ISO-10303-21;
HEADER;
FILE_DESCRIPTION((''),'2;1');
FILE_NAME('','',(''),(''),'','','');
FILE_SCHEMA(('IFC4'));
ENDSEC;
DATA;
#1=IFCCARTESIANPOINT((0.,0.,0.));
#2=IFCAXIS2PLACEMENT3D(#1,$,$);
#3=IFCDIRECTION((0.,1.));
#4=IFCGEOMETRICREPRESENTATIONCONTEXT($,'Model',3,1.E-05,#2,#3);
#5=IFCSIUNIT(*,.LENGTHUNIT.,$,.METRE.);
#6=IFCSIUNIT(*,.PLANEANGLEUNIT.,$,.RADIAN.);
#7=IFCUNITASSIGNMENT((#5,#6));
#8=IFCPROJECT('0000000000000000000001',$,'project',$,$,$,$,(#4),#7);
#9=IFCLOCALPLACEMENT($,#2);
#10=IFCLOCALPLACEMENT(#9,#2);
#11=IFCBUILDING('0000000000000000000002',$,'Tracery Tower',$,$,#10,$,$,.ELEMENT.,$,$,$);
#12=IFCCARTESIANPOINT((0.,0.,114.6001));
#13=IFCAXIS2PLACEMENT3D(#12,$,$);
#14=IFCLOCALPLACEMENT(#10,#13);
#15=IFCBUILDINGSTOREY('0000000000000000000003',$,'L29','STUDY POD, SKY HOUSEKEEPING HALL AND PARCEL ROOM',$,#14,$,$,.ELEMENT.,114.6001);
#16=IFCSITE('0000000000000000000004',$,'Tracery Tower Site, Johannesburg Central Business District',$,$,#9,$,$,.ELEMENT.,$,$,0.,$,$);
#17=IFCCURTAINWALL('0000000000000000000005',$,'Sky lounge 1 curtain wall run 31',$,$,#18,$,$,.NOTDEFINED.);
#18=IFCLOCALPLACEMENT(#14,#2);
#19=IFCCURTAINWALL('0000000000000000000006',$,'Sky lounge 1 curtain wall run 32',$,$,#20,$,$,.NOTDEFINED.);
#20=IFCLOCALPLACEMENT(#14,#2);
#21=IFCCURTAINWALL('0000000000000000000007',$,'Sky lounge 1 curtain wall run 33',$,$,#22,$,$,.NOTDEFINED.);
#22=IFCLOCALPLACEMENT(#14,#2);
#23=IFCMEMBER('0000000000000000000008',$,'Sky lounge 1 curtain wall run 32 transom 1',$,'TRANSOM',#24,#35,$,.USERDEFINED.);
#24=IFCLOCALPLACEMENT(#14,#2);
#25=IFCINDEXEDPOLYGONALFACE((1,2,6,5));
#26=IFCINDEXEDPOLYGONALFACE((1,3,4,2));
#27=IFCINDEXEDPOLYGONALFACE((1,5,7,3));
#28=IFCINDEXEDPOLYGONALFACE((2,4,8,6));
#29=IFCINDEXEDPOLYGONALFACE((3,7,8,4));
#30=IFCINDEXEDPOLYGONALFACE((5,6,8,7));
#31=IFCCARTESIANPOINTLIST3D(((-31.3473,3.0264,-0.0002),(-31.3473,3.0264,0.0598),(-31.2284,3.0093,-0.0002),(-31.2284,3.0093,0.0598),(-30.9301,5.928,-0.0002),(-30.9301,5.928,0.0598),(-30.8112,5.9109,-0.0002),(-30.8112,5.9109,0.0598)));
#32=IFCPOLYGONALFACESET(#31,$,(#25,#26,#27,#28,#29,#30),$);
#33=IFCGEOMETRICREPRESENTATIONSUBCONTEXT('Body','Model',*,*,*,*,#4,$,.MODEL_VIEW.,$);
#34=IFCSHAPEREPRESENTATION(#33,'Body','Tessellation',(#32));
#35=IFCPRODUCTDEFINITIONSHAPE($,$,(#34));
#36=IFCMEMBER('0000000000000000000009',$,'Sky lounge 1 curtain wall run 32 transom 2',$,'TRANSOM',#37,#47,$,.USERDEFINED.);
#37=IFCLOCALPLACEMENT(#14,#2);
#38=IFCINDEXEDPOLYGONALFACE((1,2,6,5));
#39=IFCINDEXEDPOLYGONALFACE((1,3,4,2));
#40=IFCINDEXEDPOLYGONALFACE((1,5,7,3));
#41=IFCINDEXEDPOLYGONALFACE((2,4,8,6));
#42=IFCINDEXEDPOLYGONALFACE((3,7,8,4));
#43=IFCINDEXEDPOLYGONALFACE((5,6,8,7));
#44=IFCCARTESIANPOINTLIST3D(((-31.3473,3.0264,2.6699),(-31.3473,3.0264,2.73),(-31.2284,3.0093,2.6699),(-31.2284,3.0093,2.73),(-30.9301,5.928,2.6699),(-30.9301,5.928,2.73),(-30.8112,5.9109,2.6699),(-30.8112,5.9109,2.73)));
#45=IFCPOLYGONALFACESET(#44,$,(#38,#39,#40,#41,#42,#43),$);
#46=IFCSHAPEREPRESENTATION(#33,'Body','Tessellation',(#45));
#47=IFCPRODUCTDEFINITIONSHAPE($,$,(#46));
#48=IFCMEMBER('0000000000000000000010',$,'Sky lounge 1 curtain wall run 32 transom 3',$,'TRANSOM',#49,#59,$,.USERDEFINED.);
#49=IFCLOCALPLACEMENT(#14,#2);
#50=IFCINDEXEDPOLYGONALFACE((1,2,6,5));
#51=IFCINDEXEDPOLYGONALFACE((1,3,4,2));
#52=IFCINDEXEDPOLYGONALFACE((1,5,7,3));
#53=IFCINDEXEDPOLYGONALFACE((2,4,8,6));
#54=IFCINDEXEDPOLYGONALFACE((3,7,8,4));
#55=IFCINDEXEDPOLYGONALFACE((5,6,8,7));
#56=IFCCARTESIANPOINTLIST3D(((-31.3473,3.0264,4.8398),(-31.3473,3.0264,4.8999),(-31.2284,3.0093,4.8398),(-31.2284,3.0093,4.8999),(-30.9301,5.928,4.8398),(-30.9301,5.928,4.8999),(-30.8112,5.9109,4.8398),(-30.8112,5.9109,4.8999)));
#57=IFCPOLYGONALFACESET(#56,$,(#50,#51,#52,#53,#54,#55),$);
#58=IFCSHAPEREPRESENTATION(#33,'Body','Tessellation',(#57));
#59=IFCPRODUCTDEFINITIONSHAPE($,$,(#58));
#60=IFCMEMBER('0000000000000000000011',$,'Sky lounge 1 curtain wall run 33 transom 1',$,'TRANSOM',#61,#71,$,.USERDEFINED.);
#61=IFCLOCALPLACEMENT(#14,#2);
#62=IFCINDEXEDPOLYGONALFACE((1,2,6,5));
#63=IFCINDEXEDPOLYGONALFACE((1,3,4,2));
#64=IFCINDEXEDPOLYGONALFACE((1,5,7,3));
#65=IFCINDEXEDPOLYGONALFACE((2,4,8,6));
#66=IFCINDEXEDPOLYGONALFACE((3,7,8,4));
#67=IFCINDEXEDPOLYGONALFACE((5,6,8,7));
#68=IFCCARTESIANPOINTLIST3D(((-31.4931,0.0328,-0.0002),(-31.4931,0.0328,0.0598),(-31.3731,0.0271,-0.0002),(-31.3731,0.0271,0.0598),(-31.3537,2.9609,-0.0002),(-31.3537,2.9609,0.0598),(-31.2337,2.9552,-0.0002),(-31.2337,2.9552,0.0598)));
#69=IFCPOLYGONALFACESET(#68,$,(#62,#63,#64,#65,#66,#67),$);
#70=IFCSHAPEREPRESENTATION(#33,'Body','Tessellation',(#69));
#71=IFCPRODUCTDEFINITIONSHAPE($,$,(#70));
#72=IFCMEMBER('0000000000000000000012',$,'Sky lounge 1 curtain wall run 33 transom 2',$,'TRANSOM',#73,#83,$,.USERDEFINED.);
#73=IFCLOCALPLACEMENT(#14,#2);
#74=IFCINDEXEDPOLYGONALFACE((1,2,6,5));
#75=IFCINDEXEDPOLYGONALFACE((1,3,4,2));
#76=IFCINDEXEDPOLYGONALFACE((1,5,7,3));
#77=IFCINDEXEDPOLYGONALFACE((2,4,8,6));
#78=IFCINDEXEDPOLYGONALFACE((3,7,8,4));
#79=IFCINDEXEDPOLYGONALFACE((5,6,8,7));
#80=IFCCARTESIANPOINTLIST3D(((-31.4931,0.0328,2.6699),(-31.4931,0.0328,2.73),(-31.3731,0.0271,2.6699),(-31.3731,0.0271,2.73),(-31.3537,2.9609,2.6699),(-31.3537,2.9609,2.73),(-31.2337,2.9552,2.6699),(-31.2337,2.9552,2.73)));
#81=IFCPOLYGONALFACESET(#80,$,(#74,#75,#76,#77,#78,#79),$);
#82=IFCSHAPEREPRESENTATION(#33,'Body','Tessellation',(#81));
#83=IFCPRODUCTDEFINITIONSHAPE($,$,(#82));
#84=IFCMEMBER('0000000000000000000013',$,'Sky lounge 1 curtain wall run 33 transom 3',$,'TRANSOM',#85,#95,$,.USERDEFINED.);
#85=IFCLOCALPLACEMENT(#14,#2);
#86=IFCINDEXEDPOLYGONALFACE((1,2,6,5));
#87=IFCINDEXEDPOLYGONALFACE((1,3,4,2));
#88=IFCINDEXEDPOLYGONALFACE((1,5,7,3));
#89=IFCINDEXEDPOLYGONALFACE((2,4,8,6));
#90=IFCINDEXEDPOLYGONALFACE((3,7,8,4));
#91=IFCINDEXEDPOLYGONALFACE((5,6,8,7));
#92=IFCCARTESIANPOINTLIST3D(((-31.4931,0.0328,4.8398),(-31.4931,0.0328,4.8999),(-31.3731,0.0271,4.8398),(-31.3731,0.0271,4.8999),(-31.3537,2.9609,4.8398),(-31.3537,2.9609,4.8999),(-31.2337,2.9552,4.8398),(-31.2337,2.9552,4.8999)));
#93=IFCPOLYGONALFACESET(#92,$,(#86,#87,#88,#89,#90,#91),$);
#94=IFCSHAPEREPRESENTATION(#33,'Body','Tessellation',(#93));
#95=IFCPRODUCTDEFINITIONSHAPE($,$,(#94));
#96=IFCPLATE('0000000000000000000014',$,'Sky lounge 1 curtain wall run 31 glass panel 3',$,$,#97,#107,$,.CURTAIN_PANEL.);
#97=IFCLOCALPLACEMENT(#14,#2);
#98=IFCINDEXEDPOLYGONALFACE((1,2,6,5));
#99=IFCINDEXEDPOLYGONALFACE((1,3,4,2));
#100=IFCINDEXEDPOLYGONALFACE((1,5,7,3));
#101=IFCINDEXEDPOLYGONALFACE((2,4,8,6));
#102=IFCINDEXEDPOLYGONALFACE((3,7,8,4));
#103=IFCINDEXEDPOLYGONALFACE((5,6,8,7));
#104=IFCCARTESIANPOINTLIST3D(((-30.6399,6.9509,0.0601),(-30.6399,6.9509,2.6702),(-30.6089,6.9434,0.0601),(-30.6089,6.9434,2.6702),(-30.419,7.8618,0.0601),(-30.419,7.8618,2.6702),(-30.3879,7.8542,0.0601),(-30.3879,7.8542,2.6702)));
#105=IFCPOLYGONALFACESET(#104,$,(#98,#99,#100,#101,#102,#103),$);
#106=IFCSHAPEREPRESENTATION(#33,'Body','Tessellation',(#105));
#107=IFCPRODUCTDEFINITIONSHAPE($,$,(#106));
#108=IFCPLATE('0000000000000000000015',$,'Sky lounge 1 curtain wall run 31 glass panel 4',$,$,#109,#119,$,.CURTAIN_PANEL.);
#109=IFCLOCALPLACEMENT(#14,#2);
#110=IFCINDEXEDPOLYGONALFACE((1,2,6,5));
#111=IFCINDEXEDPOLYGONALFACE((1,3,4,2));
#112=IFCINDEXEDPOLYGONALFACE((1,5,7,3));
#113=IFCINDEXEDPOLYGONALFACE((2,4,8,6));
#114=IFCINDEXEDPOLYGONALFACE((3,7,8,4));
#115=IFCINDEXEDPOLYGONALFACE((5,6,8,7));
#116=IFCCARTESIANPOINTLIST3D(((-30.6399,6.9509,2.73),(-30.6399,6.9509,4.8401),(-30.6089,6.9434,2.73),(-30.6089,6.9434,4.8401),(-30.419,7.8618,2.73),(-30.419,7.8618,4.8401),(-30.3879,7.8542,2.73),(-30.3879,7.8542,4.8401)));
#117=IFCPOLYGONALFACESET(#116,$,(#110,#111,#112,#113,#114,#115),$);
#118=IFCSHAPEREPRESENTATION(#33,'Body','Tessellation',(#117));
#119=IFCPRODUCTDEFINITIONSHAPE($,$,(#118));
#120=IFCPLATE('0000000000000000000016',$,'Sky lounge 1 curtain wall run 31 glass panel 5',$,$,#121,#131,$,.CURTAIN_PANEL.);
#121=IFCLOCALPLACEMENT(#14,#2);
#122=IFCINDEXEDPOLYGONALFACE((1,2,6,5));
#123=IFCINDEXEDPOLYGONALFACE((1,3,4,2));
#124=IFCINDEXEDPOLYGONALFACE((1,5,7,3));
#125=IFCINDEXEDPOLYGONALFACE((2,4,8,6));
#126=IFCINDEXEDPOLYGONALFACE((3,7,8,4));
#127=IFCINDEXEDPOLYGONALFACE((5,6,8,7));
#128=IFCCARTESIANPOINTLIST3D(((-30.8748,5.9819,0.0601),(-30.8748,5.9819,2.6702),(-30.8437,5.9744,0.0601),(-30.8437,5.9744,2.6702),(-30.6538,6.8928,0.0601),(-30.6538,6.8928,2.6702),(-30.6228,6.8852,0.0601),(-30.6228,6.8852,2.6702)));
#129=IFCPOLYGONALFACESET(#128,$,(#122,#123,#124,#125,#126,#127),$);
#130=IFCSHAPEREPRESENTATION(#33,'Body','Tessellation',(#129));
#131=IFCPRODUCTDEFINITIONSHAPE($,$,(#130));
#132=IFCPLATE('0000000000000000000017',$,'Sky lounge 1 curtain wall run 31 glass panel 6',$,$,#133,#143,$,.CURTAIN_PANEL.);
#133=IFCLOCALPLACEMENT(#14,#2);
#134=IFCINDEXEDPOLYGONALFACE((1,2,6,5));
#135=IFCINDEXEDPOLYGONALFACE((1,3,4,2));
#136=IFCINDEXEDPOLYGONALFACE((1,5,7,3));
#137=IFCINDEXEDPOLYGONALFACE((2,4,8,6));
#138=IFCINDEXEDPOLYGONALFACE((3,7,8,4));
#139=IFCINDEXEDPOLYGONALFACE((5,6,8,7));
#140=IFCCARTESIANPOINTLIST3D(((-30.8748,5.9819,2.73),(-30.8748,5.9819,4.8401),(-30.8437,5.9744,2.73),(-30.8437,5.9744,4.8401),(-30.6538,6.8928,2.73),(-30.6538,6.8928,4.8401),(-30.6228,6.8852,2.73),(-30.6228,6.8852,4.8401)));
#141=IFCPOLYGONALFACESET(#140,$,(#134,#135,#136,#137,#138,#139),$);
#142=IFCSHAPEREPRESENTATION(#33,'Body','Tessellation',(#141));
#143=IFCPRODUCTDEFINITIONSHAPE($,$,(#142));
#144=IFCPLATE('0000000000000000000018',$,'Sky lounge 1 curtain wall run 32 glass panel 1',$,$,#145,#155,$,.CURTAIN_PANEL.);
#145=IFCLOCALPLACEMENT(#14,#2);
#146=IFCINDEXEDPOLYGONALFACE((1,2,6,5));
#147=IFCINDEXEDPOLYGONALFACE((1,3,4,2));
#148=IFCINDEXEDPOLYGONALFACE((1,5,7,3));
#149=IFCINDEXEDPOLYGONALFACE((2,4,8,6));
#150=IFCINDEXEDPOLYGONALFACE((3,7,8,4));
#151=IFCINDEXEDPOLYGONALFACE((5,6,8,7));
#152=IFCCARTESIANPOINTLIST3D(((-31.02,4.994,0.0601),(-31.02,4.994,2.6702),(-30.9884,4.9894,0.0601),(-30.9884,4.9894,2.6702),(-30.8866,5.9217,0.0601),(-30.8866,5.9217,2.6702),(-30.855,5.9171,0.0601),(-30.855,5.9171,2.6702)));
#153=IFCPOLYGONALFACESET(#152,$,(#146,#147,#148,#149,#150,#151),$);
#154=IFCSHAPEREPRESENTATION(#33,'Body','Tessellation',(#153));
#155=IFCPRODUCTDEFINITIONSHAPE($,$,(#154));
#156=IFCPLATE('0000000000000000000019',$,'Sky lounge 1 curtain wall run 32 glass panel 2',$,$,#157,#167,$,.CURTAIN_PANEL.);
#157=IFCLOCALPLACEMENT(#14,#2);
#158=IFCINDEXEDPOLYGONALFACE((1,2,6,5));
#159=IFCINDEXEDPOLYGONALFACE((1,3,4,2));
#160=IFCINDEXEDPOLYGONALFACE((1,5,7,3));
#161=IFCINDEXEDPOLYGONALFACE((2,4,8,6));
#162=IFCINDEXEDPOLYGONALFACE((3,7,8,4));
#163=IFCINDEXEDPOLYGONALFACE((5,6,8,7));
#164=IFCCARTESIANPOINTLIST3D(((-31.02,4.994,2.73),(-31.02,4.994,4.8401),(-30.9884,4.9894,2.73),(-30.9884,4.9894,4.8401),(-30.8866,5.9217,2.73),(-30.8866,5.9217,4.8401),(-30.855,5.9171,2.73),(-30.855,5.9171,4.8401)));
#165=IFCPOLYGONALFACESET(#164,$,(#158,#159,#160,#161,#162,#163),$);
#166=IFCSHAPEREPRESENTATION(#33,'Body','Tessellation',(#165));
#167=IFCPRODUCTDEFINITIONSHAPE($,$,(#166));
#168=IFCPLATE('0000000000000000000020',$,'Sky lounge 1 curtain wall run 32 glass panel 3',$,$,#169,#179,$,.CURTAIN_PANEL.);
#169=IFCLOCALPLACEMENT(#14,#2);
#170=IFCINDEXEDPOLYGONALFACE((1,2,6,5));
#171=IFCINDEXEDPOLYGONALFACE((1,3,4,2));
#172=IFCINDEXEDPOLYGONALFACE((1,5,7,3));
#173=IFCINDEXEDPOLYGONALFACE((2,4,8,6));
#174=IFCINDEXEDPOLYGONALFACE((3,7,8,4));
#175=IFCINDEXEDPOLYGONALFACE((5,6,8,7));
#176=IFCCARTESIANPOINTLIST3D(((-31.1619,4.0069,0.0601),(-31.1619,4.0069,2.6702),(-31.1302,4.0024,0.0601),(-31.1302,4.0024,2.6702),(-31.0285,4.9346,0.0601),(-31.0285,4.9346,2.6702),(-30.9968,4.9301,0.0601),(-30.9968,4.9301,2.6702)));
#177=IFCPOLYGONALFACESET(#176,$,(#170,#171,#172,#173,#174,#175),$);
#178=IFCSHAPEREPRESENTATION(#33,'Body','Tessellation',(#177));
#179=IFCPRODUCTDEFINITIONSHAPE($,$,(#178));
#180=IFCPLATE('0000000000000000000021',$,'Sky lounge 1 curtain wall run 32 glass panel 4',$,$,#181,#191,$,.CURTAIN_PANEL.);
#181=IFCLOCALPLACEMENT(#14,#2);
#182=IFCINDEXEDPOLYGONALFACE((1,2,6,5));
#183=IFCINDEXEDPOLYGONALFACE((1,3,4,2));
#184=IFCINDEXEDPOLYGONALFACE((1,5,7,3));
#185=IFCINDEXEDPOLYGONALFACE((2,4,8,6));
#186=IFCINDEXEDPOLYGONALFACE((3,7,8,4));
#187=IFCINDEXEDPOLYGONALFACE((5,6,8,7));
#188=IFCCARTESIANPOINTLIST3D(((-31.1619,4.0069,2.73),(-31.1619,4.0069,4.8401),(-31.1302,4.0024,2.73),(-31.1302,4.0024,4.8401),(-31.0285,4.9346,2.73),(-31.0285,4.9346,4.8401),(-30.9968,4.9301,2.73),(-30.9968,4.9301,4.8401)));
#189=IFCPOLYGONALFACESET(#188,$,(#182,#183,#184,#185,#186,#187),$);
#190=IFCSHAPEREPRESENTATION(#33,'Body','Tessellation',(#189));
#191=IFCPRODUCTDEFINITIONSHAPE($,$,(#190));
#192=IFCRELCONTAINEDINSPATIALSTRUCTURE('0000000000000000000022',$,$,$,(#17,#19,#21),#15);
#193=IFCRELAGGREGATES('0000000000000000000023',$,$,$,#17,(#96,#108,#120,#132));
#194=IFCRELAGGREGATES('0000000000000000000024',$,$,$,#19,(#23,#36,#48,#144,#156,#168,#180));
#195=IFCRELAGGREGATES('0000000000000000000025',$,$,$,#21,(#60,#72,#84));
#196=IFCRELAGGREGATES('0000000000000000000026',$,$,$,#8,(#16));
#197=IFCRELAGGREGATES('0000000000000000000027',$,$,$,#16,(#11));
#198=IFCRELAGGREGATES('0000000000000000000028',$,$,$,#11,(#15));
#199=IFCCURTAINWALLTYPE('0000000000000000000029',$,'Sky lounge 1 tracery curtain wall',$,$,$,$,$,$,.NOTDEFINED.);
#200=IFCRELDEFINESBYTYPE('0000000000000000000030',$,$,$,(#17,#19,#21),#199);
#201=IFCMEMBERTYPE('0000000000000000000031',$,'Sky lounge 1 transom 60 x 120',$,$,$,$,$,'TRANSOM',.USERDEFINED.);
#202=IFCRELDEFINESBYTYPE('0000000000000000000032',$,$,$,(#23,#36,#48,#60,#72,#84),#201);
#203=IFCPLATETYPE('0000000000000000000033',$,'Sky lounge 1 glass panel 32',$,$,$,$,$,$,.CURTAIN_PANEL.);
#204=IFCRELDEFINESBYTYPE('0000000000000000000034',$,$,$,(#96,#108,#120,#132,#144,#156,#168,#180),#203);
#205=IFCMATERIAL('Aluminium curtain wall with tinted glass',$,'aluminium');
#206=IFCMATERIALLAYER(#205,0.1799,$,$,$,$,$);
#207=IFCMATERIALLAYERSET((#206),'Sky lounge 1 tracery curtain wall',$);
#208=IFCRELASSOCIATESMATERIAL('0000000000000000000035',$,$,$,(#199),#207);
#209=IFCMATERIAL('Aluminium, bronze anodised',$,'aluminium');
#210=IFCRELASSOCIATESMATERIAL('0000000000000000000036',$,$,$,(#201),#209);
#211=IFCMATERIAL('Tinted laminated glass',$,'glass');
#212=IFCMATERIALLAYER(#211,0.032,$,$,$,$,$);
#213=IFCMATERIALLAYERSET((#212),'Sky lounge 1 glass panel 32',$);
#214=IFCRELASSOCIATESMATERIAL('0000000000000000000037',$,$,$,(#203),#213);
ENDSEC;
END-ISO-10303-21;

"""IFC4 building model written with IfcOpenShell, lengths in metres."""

from ifc_helpers import new_model, si_unit, direction, frame, origin, origin_2d, place, context, subcontext, project, spatial, rectangle, extrude, material, layer, layer_set, material_profile, profile_set, type_object, element, aggregate, save


model = new_model("IFC4")

# Units and contexts
model_context = context("Model", 3, precision=1e-05, world=origin(), true_north=direction((0.0, 1.0)))
body_context = subcontext(model_context, "Body", "Model", "MODEL_VIEW")
ifc_project = project(units=[si_unit("LENGTHUNIT", "METRE"), si_unit("PLANEANGLEUNIT", "RADIAN")], contexts=[model_context])

# Site, building, storey
site_placement = place(None, origin())
site = spatial("IfcSite", under=ifc_project, at=site_placement, Name="Tracery Tower Site, Johannesburg Central Business District", CompositionType="ELEMENT", RefElevation=0.0)
building_placement = place(site_placement, origin())
building = spatial("IfcBuilding", under=site, at=building_placement, Name="Tracery Tower", CompositionType="ELEMENT")
storey_placement = place(building_placement, frame((0.0, 0.0, 114.6001)))
storey = spatial("IfcBuildingStorey", under=building, at=storey_placement, Name="L29", Description="STUDY POD, SKY HOUSEKEEPING HALL AND PARCEL ROOM", CompositionType="ELEMENT", Elevation=114.6001)

# Curtain walls
ifc_material_1 = material(Name="Aluminium curtain wall with tinted glass", Category="aluminium")
ifc_layer_1 = layer(ifc_material_1, 0.1799)
ifc_layer_set_1 = layer_set([ifc_layer_1], Name="Sky lounge 1 tracery curtain wall")
curtain_wall_type = type_object("IfcCurtainWallType", Name="Sky lounge 1 tracery curtain wall", PredefinedType="NOTDEFINED", material=ifc_layer_set_1)
curtain_wall_1_placement = place(storey_placement, origin())
curtain_wall_1 = element("IfcCurtainWall", 1, at=curtain_wall_1_placement, inside=storey, type_object=curtain_wall_type, Name="Sky lounge 1 curtain wall run 31", PredefinedType="NOTDEFINED")
curtain_wall_2_placement = place(storey_placement, origin())
curtain_wall_2 = element("IfcCurtainWall", 2, at=curtain_wall_2_placement, inside=storey, type_object=curtain_wall_type, Name="Sky lounge 1 curtain wall run 32", PredefinedType="NOTDEFINED")
curtain_wall_3_placement = place(storey_placement, origin())
curtain_wall_3 = element("IfcCurtainWall", 3, at=curtain_wall_3_placement, inside=storey, type_object=curtain_wall_type, Name="Sky lounge 1 curtain wall run 33", PredefinedType="NOTDEFINED")

# Members
ifc_material_2 = material(Name="Aluminium, bronze anodised", Category="aluminium")
ifc_material_profile_1 = material_profile(ifc_material_2, rectangle(XDim=0.1201, YDim=0.0601, at=origin_2d()), Name="AL 60x120")
ifc_profile_set_1 = profile_set([ifc_material_profile_1], Name="Aluminium, bronze anodised")
member_type_1 = type_object("IfcMemberType", Name="Sky lounge 1 transom 60 x 120", ElementType="TRANSOM", PredefinedType="USERDEFINED", material=ifc_profile_set_1)
member_1_placement = place(storey_placement, frame((-30.8706, 5.9194, 0.0298), z_axis=(-0.142331, -0.989819, 0.0), x_axis=(0.989819, -0.142331, 0.0)))
member_1 = element("IfcMember", 4, at=member_1_placement, type_object=member_type_1, Name="Sky lounge 1 curtain wall run 32 transom 1", ObjectType="TRANSOM", PredefinedType="USERDEFINED", context=body_context, shape_type="SweptSolid", body=[
    extrude(rectangle(XDim=0.1201, YDim=0.0601, at=origin_2d()), origin(), (0.0, 0.0, 1.0), 2.9314),
])
member_2_placement = place(storey_placement, frame((-30.8706, 5.9194, 2.7), z_axis=(-0.142331, -0.989819, 0.0), x_axis=(0.989819, -0.142331, 0.0)))
member_2 = element("IfcMember", 5, at=member_2_placement, type_object=member_type_1, Name="Sky lounge 1 curtain wall run 32 transom 2", ObjectType="TRANSOM", PredefinedType="USERDEFINED", context=body_context, shape_type="SweptSolid", body=[
    extrude(rectangle(XDim=0.1201, YDim=0.0601, at=origin_2d()), origin(), (0.0, 0.0, 1.0), 2.9314),
])
member_3_placement = place(storey_placement, frame((-30.8706, 5.9194, 4.8699), z_axis=(-0.142331, -0.989819, 0.0), x_axis=(0.989819, -0.142331, 0.0)))
member_3 = element("IfcMember", 6, at=member_3_placement, type_object=member_type_1, Name="Sky lounge 1 curtain wall run 32 transom 3", ObjectType="TRANSOM", PredefinedType="USERDEFINED", context=body_context, shape_type="SweptSolid", body=[
    extrude(rectangle(XDim=0.1201, YDim=0.0601, at=origin_2d()), origin(), (0.0, 0.0, 1.0), 2.9314),
])
member_4_placement = place(storey_placement, frame((-31.2937, 2.958, 0.0298), z_axis=(-0.047557, -0.998869, 0.0), x_axis=(0.998869, -0.047557, 0.0)))
member_4 = element("IfcMember", 7, at=member_4_placement, type_object=member_type_1, Name="Sky lounge 1 curtain wall run 33 transom 1", ObjectType="TRANSOM", PredefinedType="USERDEFINED", context=body_context, shape_type="SweptSolid", body=[
    extrude(rectangle(XDim=0.1201, YDim=0.0601, at=origin_2d()), origin(), (0.0, 0.0, 1.0), 2.9314),
])
member_5_placement = place(storey_placement, frame((-31.2937, 2.958, 2.7), z_axis=(-0.047557, -0.998869, 0.0), x_axis=(0.998869, -0.047557, 0.0)))
member_5 = element("IfcMember", 8, at=member_5_placement, type_object=member_type_1, Name="Sky lounge 1 curtain wall run 33 transom 2", ObjectType="TRANSOM", PredefinedType="USERDEFINED", context=body_context, shape_type="SweptSolid", body=[
    extrude(rectangle(XDim=0.1201, YDim=0.0601, at=origin_2d()), origin(), (0.0, 0.0, 1.0), 2.9314),
])
member_6_placement = place(storey_placement, frame((-31.2937, 2.958, 4.8699), z_axis=(-0.047557, -0.998869, 0.0), x_axis=(0.998869, -0.047557, 0.0)))
member_6 = element("IfcMember", 9, at=member_6_placement, type_object=member_type_1, Name="Sky lounge 1 curtain wall run 33 transom 3", ObjectType="TRANSOM", PredefinedType="USERDEFINED", context=body_context, shape_type="SweptSolid", body=[
    extrude(rectangle(XDim=0.1201, YDim=0.0601, at=origin_2d()), origin(), (0.0, 0.0, 1.0), 2.9314),
])

# Plates
ifc_material_3 = material(Name="Tinted laminated glass", Category="glass")
ifc_layer_2 = layer(ifc_material_3, 0.032)
ifc_layer_set_2 = layer_set([ifc_layer_2], Name="Sky lounge 1 glass panel 32")
plate_type = type_object("IfcPlateType", Name="Sky lounge 1 glass panel 32", PredefinedType="CURTAIN_PANEL", material=ifc_layer_set_2)
plate_1_placement = place(storey_placement, frame((-30.5139, 7.4026, 0.0601), z_axis=(0.0, 0.0, 1.0), x_axis=(-0.235759, -0.971812, 0.0)))
plate_1 = element("IfcPlate", 10, at=plate_1_placement, type_object=plate_type, Name="Sky lounge 1 curtain wall run 31 glass panel 3", PredefinedType="CURTAIN_PANEL", context=body_context, shape_type="SweptSolid", body=[
    extrude(rectangle(XDim=0.9373, YDim=0.032, at=origin_2d()), origin(), (0.0, 0.0, 1.0), 2.6101),
])
plate_2_placement = place(storey_placement, frame((-30.5139, 7.4026, 2.73), z_axis=(0.0, 0.0, 1.0), x_axis=(-0.235759, -0.971812, 0.0)))
plate_2 = element("IfcPlate", 11, at=plate_2_placement, type_object=plate_type, Name="Sky lounge 1 curtain wall run 31 glass panel 4", PredefinedType="CURTAIN_PANEL", context=body_context, shape_type="SweptSolid", body=[
    extrude(rectangle(XDim=0.9373, YDim=0.032, at=origin_2d()), origin(), (0.0, 0.0, 1.0), 2.1101),
])
plate_3_placement = place(storey_placement, frame((-30.7488, 6.4336, 0.0601), z_axis=(0.0, 0.0, 1.0), x_axis=(-0.235759, -0.971812, 0.0)))
plate_3 = element("IfcPlate", 12, at=plate_3_placement, type_object=plate_type, Name="Sky lounge 1 curtain wall run 31 glass panel 5", PredefinedType="CURTAIN_PANEL", context=body_context, shape_type="SweptSolid", body=[
    extrude(rectangle(XDim=0.9373, YDim=0.032, at=origin_2d()), origin(), (0.0, 0.0, 1.0), 2.6101),
])
plate_4_placement = place(storey_placement, frame((-30.7488, 6.4336, 2.73), z_axis=(0.0, 0.0, 1.0), x_axis=(-0.235759, -0.971812, 0.0)))
plate_4 = element("IfcPlate", 13, at=plate_4_placement, type_object=plate_type, Name="Sky lounge 1 curtain wall run 31 glass panel 6", PredefinedType="CURTAIN_PANEL", context=body_context, shape_type="SweptSolid", body=[
    extrude(rectangle(XDim=0.9373, YDim=0.032, at=origin_2d()), origin(), (0.0, 0.0, 1.0), 2.1101),
])
aggregate(curtain_wall_1, [plate_1, plate_2, plate_3, plate_4])
plate_5_placement = place(storey_placement, frame((-30.9375, 5.4556, 0.0601), z_axis=(0.0, 0.0, 1.0), x_axis=(-0.142315, -0.989821, 0.0)))
plate_5 = element("IfcPlate", 14, at=plate_5_placement, type_object=plate_type, Name="Sky lounge 1 curtain wall run 32 glass panel 1", PredefinedType="CURTAIN_PANEL", context=body_context, shape_type="SweptSolid", body=[
    extrude(rectangle(XDim=0.9373, YDim=0.032, at=origin_2d()), origin(), (0.0, 0.0, 1.0), 2.6101),
])
plate_6_placement = place(storey_placement, frame((-30.9375, 5.4556, 2.73), z_axis=(0.0, 0.0, 1.0), x_axis=(-0.142315, -0.989821, 0.0)))
plate_6 = element("IfcPlate", 15, at=plate_6_placement, type_object=plate_type, Name="Sky lounge 1 curtain wall run 32 glass panel 2", PredefinedType="CURTAIN_PANEL", context=body_context, shape_type="SweptSolid", body=[
    extrude(rectangle(XDim=0.9373, YDim=0.032, at=origin_2d()), origin(), (0.0, 0.0, 1.0), 2.1101),
])
plate_7_placement = place(storey_placement, frame((-31.0793, 4.4685, 0.0601), z_axis=(0.0, 0.0, 1.0), x_axis=(-0.142315, -0.989821, 0.0)))
plate_7 = element("IfcPlate", 16, at=plate_7_placement, type_object=plate_type, Name="Sky lounge 1 curtain wall run 32 glass panel 3", PredefinedType="CURTAIN_PANEL", context=body_context, shape_type="SweptSolid", body=[
    extrude(rectangle(XDim=0.9373, YDim=0.032, at=origin_2d()), origin(), (0.0, 0.0, 1.0), 2.6101),
])
plate_8_placement = place(storey_placement, frame((-31.0793, 4.4685, 2.73), z_axis=(0.0, 0.0, 1.0), x_axis=(-0.142315, -0.989821, 0.0)))
plate_8 = element("IfcPlate", 17, at=plate_8_placement, type_object=plate_type, Name="Sky lounge 1 curtain wall run 32 glass panel 4", PredefinedType="CURTAIN_PANEL", context=body_context, shape_type="SweptSolid", body=[
    extrude(rectangle(XDim=0.9373, YDim=0.032, at=origin_2d()), origin(), (0.0, 0.0, 1.0), 2.1101),
])
aggregate(curtain_wall_2, [member_1, member_2, member_3, plate_5, plate_6, plate_7, plate_8])
aggregate(curtain_wall_3, [member_4, member_5, member_6])

save(model, "model.ifc")
